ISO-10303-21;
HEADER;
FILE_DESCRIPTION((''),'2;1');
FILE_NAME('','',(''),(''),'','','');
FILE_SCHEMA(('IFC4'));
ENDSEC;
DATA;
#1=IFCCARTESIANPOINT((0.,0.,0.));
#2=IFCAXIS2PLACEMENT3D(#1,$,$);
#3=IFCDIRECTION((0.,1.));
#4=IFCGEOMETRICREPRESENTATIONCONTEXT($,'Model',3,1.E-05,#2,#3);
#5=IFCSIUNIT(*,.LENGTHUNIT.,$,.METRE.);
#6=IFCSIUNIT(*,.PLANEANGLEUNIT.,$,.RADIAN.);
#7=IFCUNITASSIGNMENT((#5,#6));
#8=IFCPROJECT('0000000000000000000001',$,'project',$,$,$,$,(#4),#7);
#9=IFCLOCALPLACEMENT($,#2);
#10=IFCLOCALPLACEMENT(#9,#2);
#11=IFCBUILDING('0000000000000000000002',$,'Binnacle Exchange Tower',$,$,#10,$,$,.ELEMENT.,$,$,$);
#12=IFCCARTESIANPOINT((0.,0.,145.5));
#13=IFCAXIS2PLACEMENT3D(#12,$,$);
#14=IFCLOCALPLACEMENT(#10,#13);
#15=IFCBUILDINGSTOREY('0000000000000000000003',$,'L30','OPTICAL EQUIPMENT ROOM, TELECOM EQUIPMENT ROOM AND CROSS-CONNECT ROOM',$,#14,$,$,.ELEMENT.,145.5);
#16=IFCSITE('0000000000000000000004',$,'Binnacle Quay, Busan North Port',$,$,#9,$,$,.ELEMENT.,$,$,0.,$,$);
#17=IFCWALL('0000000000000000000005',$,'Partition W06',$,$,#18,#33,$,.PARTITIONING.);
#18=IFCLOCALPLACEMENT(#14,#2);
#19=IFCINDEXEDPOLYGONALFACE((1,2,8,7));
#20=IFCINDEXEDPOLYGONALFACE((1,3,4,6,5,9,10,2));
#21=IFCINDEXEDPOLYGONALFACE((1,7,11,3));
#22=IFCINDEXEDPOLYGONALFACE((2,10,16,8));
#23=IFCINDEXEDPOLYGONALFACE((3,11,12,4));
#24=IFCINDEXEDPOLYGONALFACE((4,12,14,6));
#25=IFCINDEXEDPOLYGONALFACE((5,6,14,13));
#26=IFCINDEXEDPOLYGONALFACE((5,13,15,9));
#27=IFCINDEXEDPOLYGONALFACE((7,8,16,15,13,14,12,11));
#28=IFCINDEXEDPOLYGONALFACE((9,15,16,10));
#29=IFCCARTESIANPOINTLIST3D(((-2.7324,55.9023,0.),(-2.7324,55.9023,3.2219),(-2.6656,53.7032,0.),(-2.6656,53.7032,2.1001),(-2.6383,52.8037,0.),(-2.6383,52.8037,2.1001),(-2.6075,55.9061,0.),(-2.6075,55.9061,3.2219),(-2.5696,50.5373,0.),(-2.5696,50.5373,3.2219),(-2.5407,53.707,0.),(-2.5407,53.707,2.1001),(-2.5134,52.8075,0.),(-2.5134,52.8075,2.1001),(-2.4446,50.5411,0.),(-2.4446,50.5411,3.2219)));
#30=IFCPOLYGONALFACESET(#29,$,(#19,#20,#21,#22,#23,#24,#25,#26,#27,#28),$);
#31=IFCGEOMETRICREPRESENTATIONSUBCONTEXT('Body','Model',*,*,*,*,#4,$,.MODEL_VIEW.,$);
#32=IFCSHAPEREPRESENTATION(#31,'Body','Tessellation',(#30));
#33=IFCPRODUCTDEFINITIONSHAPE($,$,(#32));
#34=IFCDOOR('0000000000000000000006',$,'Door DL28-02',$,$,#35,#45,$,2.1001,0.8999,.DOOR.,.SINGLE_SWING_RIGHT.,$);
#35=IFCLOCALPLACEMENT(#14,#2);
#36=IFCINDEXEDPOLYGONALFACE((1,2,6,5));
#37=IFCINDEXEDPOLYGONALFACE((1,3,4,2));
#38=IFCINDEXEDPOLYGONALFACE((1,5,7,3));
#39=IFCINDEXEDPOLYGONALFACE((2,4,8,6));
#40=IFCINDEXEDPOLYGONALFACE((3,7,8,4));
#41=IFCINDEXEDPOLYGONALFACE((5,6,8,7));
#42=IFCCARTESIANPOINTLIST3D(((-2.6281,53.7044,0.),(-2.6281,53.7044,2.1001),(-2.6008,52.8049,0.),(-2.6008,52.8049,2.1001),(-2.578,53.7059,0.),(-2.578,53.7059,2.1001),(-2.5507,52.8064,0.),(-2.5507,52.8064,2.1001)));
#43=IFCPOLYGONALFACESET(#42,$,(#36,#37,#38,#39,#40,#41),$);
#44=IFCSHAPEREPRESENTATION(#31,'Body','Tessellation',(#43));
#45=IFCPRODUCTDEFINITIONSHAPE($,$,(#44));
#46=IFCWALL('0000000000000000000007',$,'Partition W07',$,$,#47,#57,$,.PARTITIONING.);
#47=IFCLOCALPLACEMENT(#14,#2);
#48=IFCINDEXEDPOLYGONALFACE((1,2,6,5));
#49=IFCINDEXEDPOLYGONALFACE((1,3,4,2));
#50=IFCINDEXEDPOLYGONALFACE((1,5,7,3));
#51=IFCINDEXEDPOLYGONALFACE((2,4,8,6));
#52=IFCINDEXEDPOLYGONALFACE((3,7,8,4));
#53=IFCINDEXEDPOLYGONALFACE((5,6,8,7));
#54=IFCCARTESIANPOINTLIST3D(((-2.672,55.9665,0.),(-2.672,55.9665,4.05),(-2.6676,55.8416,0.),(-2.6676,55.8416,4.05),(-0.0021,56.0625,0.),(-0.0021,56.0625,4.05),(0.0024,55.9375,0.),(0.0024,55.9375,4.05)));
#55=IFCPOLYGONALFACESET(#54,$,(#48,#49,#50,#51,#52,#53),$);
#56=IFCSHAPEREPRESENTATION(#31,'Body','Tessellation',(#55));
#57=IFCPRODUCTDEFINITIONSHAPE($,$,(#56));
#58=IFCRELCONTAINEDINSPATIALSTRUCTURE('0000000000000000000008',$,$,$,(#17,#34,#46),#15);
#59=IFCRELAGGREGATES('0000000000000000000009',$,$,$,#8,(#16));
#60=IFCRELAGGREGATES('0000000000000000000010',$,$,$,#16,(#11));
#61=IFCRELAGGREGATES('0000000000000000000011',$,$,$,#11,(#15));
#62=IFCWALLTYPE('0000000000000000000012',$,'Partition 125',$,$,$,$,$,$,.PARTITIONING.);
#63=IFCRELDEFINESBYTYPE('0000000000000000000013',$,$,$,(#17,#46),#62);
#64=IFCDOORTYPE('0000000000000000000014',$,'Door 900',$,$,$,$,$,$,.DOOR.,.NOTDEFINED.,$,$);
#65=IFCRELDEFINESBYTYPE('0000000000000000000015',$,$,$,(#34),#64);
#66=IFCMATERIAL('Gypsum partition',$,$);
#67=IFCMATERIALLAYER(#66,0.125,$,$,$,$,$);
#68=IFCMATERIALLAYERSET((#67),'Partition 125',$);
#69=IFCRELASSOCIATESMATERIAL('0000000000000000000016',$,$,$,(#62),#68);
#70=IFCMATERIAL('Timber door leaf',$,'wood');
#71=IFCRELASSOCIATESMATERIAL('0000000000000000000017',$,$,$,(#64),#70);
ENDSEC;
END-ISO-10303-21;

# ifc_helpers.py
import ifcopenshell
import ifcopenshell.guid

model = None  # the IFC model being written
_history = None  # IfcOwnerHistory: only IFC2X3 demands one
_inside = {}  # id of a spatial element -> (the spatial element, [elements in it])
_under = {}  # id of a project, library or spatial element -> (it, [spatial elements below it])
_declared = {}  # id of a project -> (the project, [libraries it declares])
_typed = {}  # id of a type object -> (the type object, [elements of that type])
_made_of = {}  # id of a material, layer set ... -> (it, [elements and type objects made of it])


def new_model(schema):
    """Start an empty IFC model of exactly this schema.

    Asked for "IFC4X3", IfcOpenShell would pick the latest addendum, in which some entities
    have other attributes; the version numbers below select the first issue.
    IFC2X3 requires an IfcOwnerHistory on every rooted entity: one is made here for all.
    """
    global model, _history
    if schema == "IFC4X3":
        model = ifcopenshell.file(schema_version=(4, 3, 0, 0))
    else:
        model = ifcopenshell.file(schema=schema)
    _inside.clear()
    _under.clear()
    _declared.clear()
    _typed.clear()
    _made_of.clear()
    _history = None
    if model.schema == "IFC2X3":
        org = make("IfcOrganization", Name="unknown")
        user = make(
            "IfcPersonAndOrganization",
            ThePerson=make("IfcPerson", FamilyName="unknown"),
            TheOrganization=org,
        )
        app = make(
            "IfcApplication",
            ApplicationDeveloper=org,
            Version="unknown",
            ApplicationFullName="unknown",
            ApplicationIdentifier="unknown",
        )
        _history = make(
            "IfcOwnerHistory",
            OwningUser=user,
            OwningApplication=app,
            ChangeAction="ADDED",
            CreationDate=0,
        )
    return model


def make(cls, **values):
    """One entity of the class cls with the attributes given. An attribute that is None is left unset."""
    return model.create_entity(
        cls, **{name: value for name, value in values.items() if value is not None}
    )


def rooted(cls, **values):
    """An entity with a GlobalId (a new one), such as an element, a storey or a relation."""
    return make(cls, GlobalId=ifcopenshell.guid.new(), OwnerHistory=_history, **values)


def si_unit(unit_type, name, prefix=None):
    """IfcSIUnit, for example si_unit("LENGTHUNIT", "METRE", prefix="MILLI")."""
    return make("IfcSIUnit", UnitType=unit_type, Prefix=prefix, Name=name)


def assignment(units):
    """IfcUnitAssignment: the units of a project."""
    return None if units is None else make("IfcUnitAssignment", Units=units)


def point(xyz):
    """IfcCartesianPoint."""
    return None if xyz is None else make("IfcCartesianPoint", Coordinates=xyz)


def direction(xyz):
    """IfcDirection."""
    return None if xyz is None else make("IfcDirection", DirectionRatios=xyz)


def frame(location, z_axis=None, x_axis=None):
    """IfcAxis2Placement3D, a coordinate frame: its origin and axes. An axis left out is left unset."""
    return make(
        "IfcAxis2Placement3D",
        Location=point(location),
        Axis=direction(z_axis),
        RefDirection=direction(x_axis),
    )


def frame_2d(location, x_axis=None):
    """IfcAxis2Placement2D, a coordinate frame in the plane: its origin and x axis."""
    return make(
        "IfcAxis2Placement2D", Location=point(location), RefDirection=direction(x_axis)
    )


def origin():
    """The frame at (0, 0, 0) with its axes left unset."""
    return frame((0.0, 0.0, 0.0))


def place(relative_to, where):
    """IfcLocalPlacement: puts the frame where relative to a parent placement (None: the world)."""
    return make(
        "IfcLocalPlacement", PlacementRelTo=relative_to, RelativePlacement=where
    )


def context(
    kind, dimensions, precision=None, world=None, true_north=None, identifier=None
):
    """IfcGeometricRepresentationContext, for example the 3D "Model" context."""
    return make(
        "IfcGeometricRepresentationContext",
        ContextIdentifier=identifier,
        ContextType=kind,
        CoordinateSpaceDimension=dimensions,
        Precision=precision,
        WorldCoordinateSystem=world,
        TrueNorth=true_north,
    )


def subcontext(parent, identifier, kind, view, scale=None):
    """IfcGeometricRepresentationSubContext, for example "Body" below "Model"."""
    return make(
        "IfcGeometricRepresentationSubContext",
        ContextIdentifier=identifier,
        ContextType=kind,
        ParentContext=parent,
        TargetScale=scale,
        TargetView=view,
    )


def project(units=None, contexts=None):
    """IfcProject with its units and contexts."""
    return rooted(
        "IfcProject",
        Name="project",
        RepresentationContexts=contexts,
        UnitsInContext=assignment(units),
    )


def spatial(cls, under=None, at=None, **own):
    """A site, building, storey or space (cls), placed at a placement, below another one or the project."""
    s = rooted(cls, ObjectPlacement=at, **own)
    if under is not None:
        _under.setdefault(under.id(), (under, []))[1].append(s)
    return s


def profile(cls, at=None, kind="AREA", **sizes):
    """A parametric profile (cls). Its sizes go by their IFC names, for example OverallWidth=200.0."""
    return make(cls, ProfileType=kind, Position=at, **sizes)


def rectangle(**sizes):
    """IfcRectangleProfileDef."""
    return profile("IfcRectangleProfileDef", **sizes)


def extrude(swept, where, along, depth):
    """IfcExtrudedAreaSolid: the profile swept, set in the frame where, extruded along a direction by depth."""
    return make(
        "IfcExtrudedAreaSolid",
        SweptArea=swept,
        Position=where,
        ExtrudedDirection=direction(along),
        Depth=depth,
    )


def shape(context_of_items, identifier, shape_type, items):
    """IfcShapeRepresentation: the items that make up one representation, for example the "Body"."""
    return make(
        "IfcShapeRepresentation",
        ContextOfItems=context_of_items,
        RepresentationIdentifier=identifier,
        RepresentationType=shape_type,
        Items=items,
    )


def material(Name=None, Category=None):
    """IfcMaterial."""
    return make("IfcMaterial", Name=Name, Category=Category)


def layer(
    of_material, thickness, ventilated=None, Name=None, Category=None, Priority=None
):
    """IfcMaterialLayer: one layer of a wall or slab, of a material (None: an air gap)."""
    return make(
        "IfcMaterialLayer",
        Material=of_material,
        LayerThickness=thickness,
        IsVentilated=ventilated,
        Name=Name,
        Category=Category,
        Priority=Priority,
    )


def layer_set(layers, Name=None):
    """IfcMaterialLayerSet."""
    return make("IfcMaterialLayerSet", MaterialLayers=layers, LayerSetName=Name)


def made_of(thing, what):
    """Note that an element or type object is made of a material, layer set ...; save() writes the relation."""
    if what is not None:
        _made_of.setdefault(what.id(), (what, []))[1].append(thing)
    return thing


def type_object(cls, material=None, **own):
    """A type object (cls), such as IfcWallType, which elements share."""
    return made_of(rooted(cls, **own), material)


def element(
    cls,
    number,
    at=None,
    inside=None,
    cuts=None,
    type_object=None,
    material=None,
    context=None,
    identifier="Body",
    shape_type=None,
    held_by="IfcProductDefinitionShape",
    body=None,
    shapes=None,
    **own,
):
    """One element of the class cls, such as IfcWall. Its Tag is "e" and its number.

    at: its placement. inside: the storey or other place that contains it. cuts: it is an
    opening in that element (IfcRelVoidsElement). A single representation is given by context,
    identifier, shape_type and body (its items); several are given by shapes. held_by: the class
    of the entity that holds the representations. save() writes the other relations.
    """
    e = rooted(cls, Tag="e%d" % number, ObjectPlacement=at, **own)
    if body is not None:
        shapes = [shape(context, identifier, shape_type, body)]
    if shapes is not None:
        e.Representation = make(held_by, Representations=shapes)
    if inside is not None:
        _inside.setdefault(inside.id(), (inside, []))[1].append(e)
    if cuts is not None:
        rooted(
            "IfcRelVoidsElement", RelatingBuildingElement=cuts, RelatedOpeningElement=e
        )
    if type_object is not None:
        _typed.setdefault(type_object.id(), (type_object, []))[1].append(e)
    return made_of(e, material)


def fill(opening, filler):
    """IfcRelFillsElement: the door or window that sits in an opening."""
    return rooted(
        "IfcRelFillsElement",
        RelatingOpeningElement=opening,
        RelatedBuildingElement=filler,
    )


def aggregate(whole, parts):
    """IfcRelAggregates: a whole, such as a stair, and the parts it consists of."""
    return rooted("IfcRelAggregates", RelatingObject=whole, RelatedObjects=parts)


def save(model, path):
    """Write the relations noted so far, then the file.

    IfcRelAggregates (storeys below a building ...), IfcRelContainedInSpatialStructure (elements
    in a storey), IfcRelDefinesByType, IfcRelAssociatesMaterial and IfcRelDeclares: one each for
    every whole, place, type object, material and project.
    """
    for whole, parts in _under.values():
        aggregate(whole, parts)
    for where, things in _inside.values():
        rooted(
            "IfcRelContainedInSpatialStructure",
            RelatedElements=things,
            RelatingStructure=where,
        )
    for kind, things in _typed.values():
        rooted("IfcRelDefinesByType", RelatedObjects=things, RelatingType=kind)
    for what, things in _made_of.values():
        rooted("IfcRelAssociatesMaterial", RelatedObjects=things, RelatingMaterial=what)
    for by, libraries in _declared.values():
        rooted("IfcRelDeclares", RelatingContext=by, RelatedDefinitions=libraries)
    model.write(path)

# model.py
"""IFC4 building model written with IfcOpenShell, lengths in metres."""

from ifc_helpers import new_model, si_unit, direction, frame, frame_2d, origin, place, context, subcontext, project, spatial, rectangle, extrude, material, layer, layer_set, type_object, element, fill, save


model = new_model("IFC4")

# Units and contexts
model_context = context("Model", 3, precision=1e-05, world=origin(), true_north=direction((0.0, 1.0)))
body_context = subcontext(model_context, "Body", "Model", "MODEL_VIEW")
ifc_project = project(units=[si_unit("LENGTHUNIT", "METRE"), si_unit("PLANEANGLEUNIT", "RADIAN")], contexts=[model_context])

# Site, building, storey
site_placement = place(None, origin())
site = spatial("IfcSite", under=ifc_project, at=site_placement, Name="Binnacle Quay, Busan North Port", CompositionType="ELEMENT", RefElevation=0.0)
building_placement = place(site_placement, origin())
building = spatial("IfcBuilding", under=site, at=building_placement, Name="Binnacle Exchange Tower", CompositionType="ELEMENT")
storey_placement = place(building_placement, frame((0.0, 0.0, 145.5)))
storey = spatial("IfcBuildingStorey", under=building, at=storey_placement, Name="L30", Description="OPTICAL EQUIPMENT ROOM, TELECOM EQUIPMENT ROOM AND CROSS-CONNECT ROOM", CompositionType="ELEMENT", Elevation=145.5)

# Shared definitions
ifc_material_1 = material(Name="Gypsum partition")
ifc_layer_1 = layer(ifc_material_1, 0.125)
ifc_layer_set_1 = layer_set([ifc_layer_1], Name="Partition 125")
wall_type_1 = type_object("IfcWallType", Name="Partition 125", PredefinedType="PARTITIONING", material=ifc_layer_set_1)

# Wall, opening, door
wall_1_placement = place(storey_placement, frame((-2.6699, 55.9041, 0.0), z_axis=(0.0, 0.0, 1.0), x_axis=(0.030339, -0.99954, 0.0)))
wall_1 = element("IfcWall", 1, at=wall_1_placement, inside=storey, type_object=wall_type_1, Name="Partition W06", PredefinedType="PARTITIONING", context=body_context, shape_type="SweptSolid", body=[
    extrude(rectangle(XDim=5.3674, YDim=0.125, at=frame_2d((2.6836, 0.0))), origin(), (0.0, 0.0, 1.0), 3.2219),
])
opening_1_placement = place(wall_1_placement, frame((2.2, 0.0, 0.0)))
opening_1 = element("IfcOpeningElement", 2, at=opening_1_placement, cuts=wall_1, PredefinedType="OPENING", context=body_context, shape_type="SweptSolid", body=[
    extrude(rectangle(XDim=0.8999, YDim=2.1001, at=frame_2d((0.45, 1.05))), frame((0.0, 0.0725, 0.0), z_axis=(0.0, -1.0, 0.0), x_axis=(1.0, 0.0, 0.0)), (0.0, 0.0, 1.0), 0.145),
])
ifc_material_2 = material(Name="Timber door leaf", Category="wood")
door_type_1 = type_object("IfcDoorType", Name="Door 900", OperationType="NOTDEFINED", PredefinedType="DOOR", material=ifc_material_2)
door_1_placement = place(opening_1_placement, frame((0.8999, 0.0, 0.0), z_axis=(0.0, 0.0, 1.0), x_axis=(-1.0, 0.0, 0.0)))
door_1 = element("IfcDoor", 3, at=door_1_placement, inside=storey, type_object=door_type_1, Name="Door DL28-02", OperationType="SINGLE_SWING_RIGHT", OverallHeight=2.1001, OverallWidth=0.8999, PredefinedType="DOOR", context=body_context, shape_type="SweptSolid", body=[
    extrude(rectangle(XDim=0.8999, YDim=2.1001, at=frame_2d((0.45, 1.05))), frame((0.0, 0.0249, 0.0), z_axis=(0.0, -1.0, 0.0), x_axis=(1.0, 0.0, 0.0)), (0.0, 0.0, 1.0), 0.05),
])
fill(opening_1, door_1)

# Wall
wall_2_placement = place(storey_placement, frame((-2.6699, 55.9041, 0.0), z_axis=(0.0, 0.0, 1.0), x_axis=(0.999355, 0.035913, 0.0)))
element("IfcWall", 4, at=wall_2_placement, inside=storey, type_object=wall_type_1, Name="Partition W07", PredefinedType="PARTITIONING", context=body_context, shape_type="SweptSolid", body=[
    extrude(rectangle(XDim=2.6716, YDim=0.125, at=frame_2d((1.3359, 0.0))), origin(), (0.0, 0.0, 1.0), 4.05),
])

save(model, "model.ifc")
